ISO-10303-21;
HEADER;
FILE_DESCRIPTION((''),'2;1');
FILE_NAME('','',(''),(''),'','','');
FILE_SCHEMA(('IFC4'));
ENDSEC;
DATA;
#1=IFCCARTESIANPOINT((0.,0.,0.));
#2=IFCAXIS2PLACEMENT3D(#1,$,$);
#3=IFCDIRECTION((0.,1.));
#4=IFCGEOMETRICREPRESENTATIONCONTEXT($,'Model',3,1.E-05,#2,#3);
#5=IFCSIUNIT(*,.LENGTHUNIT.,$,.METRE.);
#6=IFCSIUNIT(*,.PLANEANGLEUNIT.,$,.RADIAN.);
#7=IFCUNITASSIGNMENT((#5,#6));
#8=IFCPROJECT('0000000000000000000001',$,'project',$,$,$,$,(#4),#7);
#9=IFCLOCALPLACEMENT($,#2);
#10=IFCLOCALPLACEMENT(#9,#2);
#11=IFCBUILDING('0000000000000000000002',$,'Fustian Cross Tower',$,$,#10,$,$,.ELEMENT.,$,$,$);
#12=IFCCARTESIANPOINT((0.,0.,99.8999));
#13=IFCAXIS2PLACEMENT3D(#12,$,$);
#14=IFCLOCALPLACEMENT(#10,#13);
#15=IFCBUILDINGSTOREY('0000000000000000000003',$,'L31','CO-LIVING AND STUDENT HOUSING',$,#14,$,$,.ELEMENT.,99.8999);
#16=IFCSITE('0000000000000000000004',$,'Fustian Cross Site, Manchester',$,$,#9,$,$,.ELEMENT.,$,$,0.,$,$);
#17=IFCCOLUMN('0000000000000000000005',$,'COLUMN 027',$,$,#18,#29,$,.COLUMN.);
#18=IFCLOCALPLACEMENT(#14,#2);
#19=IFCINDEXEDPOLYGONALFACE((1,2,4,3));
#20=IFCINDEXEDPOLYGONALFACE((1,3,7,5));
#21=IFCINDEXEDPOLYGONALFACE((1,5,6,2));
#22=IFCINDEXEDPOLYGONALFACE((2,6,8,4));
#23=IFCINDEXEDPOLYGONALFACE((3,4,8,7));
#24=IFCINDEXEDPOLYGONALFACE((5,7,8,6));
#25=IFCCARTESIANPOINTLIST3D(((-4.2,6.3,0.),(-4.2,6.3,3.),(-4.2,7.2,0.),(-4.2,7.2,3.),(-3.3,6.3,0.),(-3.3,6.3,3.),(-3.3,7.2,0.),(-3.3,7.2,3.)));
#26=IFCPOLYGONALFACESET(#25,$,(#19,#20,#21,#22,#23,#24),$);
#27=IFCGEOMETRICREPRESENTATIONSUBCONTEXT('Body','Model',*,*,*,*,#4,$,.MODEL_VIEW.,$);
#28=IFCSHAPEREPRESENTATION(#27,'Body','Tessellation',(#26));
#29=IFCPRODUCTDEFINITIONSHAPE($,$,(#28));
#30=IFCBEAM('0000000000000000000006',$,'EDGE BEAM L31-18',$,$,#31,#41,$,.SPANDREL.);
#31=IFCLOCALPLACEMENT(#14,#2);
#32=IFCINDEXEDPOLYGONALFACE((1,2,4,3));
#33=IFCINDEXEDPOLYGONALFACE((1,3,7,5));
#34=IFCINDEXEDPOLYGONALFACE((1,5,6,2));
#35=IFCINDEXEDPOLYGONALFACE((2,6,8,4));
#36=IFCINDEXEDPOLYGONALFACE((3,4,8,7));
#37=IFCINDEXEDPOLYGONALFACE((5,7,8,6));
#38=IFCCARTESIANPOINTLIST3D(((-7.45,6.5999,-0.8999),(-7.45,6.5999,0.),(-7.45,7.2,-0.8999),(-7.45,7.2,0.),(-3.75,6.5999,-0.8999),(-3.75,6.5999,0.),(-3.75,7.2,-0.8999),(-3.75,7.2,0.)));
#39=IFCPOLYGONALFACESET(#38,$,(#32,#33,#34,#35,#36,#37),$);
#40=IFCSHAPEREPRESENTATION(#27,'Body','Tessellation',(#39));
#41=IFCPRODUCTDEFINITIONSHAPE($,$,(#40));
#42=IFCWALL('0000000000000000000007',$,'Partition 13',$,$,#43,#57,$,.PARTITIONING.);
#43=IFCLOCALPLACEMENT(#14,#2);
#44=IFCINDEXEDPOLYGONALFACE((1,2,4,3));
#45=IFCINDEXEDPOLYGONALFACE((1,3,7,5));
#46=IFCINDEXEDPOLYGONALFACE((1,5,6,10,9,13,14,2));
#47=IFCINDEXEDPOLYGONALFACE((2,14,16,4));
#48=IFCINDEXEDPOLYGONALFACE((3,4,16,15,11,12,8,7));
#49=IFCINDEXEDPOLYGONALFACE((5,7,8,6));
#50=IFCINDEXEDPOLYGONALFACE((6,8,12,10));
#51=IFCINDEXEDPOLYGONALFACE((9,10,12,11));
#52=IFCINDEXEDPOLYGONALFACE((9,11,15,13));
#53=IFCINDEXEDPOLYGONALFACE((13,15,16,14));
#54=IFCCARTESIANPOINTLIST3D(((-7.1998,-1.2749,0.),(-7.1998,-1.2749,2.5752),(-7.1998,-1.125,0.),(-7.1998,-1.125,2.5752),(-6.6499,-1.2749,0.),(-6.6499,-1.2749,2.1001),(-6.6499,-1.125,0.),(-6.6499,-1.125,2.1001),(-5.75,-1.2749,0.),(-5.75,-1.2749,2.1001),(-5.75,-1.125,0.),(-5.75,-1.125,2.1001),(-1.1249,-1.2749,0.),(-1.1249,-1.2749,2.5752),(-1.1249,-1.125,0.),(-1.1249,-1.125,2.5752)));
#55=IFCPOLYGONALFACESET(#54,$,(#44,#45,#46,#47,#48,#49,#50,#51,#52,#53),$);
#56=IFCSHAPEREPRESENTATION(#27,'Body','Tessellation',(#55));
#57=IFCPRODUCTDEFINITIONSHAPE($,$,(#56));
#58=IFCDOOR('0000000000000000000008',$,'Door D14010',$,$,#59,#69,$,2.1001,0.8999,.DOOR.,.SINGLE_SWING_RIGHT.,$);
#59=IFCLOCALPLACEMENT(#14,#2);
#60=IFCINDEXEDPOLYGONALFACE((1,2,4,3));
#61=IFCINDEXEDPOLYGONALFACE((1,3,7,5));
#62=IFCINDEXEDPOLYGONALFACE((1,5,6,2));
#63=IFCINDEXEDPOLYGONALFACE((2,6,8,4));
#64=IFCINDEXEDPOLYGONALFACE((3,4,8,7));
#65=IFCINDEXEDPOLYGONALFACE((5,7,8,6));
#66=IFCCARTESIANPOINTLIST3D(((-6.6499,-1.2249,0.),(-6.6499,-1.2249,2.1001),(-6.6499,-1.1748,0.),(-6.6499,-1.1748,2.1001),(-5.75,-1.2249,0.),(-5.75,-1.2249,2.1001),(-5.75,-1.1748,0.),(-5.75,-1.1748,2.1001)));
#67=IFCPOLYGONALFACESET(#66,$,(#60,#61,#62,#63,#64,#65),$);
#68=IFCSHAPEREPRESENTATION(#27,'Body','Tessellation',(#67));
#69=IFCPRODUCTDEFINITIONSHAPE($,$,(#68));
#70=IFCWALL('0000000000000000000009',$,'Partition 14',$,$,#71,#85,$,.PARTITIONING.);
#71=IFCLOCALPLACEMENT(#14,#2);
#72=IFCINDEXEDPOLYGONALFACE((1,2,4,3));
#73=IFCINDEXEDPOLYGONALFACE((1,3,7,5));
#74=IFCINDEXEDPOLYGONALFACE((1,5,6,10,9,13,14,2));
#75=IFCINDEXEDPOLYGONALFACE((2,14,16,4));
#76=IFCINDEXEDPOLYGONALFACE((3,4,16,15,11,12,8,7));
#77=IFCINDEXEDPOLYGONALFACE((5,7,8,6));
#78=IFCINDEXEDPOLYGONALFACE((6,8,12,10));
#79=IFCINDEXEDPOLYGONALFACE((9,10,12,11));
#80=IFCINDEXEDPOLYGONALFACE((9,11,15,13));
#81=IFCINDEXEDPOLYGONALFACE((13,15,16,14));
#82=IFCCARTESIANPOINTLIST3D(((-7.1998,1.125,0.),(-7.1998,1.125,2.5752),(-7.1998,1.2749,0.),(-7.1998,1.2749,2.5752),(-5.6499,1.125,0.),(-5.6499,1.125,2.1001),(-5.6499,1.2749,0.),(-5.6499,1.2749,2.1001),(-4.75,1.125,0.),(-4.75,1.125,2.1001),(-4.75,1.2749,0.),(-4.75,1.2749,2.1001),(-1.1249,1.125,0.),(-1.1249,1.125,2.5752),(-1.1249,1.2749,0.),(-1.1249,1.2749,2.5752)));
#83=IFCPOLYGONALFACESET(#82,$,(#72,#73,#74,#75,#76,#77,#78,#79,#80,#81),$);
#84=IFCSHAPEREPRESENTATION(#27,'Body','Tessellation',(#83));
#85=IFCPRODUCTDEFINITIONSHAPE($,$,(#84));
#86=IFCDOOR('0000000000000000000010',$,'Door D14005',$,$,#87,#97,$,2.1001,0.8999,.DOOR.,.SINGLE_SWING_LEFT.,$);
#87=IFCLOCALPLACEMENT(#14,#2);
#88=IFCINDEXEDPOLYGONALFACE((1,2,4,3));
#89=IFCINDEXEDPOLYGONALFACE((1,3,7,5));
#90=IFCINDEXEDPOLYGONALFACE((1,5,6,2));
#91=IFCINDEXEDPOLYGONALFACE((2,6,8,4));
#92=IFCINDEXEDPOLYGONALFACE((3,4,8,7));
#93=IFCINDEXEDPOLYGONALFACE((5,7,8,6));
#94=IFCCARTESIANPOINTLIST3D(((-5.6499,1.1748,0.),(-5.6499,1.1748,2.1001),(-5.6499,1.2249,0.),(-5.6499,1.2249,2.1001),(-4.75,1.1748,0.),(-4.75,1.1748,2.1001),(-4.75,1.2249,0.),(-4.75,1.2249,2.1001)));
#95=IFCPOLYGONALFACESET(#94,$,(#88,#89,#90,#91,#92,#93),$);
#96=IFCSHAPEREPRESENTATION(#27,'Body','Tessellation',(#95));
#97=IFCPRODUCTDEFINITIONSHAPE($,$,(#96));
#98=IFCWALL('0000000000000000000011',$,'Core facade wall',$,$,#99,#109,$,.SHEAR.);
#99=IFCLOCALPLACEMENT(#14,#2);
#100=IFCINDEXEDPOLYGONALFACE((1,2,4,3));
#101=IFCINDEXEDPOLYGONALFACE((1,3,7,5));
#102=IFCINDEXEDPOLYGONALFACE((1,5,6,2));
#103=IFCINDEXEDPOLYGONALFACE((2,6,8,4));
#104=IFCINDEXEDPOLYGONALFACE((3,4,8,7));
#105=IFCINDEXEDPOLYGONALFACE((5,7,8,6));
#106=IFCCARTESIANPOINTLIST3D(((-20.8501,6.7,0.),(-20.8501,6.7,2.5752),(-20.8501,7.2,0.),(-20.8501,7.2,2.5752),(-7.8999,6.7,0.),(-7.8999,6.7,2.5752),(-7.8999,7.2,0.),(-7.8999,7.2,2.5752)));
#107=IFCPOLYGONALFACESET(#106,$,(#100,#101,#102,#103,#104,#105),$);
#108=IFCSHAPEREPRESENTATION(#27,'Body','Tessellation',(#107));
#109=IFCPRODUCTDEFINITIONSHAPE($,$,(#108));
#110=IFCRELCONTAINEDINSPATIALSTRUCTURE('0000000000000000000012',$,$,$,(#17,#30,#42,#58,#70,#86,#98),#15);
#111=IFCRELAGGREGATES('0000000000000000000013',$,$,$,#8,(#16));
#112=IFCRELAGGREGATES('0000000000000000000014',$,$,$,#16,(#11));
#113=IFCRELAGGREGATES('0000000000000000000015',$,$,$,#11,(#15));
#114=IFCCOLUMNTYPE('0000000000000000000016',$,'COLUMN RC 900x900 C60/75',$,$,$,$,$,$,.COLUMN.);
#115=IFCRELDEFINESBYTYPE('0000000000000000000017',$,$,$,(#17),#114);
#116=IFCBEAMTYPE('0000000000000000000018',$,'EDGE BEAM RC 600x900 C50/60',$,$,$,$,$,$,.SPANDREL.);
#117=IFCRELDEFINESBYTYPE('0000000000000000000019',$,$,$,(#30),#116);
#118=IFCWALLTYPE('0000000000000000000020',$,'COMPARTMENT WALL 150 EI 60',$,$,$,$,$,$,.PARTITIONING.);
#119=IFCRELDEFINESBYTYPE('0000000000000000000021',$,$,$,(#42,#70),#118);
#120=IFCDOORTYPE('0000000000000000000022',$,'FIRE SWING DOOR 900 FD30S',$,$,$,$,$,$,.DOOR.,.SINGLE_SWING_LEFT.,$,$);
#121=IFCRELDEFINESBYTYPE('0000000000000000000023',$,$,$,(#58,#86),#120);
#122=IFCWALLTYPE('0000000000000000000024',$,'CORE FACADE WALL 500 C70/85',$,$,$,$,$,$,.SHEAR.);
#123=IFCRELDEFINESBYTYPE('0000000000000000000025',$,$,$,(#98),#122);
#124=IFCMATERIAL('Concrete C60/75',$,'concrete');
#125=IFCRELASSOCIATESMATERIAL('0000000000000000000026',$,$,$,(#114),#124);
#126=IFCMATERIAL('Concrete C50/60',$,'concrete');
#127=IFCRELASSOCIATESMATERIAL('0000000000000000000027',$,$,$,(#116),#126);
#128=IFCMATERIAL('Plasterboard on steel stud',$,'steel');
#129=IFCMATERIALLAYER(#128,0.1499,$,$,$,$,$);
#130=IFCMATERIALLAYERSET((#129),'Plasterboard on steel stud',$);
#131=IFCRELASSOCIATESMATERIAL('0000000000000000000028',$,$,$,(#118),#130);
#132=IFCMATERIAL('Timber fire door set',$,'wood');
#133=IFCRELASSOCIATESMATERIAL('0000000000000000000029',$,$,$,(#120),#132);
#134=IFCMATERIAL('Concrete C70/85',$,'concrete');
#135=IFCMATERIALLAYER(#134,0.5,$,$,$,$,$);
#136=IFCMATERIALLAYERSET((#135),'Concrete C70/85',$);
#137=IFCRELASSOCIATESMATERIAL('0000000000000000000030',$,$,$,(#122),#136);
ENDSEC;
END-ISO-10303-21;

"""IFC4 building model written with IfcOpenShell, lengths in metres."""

from ifc_helpers import new_model, si_unit, direction, frame, frame_2d, origin, origin_2d, place, context, subcontext, project, spatial, rectangle, extrude, material, layer, layer_set, material_profile, profile_set, type_object, element, fill, save


model = new_model("IFC4")

# Units and contexts
model_context = context("Model", 3, precision=1e-05, world=origin(), true_north=direction((0.0, 1.0)))
body_context = subcontext(model_context, "Body", "Model", "MODEL_VIEW")
ifc_project = project(units=[si_unit("LENGTHUNIT", "METRE"), si_unit("PLANEANGLEUNIT", "RADIAN")], contexts=[model_context])

# Site, building, storey
site_placement = place(None, origin())
site = spatial("IfcSite", under=ifc_project, at=site_placement, Name="Fustian Cross Site, Manchester", CompositionType="ELEMENT", RefElevation=0.0)
building_placement = place(site_placement, origin())
building = spatial("IfcBuilding", under=site, at=building_placement, Name="Fustian Cross Tower", CompositionType="ELEMENT")
storey_placement = place(building_placement, frame((0.0, 0.0, 99.8999)))
storey = spatial("IfcBuildingStorey", under=building, at=storey_placement, Name="L31", Description="CO-LIVING AND STUDENT HOUSING", CompositionType="ELEMENT", Elevation=99.8999)

# Column
ifc_material_1 = material(Name="Concrete C60/75", Category="concrete")
ifc_material_profile_1 = material_profile(ifc_material_1, rectangle(XDim=0.8999, YDim=0.8999, at=origin_2d()), Name="RC 900x900")
ifc_profile_set_1 = profile_set([ifc_material_profile_1], Name="Concrete C60/75")
column_type = type_object("IfcColumnType", Name="COLUMN RC 900x900 C60/75", PredefinedType="COLUMN", material=ifc_profile_set_1)
column_placement = place(storey_placement, frame((-3.75, 6.75, 0.0), z_axis=(0.0, 0.0, 1.0), x_axis=(1.0, 0.0, 0.0)))
element("IfcColumn", 1, at=column_placement, inside=storey, type_object=column_type, Name="COLUMN 027", PredefinedType="COLUMN", context=body_context, shape_type="SweptSolid", body=[
    extrude(rectangle(XDim=0.8999, YDim=0.8999, at=origin_2d()), origin(), (0.0, 0.0, 1.0), 3.0),
])

# Beam
ifc_material_2 = material(Name="Concrete C50/60", Category="concrete")
ifc_material_profile_2 = material_profile(ifc_material_2, rectangle(XDim=0.6001, YDim=0.8999, at=origin_2d()), Name="RC 600x900")
ifc_profile_set_2 = profile_set([ifc_material_profile_2], Name="Concrete C50/60")
beam_type = type_object("IfcBeamType", Name="EDGE BEAM RC 600x900 C50/60", PredefinedType="SPANDREL", material=ifc_profile_set_2)
beam_placement = place(storey_placement, frame((-3.75, 6.8999, -0.45), z_axis=(-1.0, 0.0, 0.0), x_axis=(0.0, -1.0, 0.0)))
element("IfcBeam", 2, at=beam_placement, inside=storey, type_object=beam_type, Name="EDGE BEAM L31-18", PredefinedType="SPANDREL", context=body_context, shape_type="SweptSolid", body=[
    extrude(rectangle(XDim=0.6001, YDim=0.8999, at=origin_2d()), origin(), (0.0, 0.0, 1.0), 3.7),
])

# Walls, openings, doors
ifc_material_3 = material(Name="Plasterboard on steel stud", Category="steel")
ifc_layer_1 = layer(ifc_material_3, 0.1499)
ifc_layer_set_1 = layer_set([ifc_layer_1], Name="Plasterboard on steel stud")
wall_type_1 = type_object("IfcWallType", Name="COMPARTMENT WALL 150 EI 60", PredefinedType="PARTITIONING", material=ifc_layer_set_1)
wall_1_placement = place(storey_placement, frame((-7.2, -1.2, 0.0), z_axis=(0.0, 0.0, 1.0), x_axis=(1.0, 0.0, 0.0)))
wall_1 = element("IfcWall", 3, at=wall_1_placement, inside=storey, type_object=wall_type_1, Name="Partition 13", PredefinedType="PARTITIONING", context=body_context, shape_type="SweptSolid", body=[
    extrude(rectangle(XDim=6.075, YDim=0.1499, at=frame_2d((3.0376, 0.0))), origin(), (0.0, 0.0, 1.0), 2.5752),
])
opening_1_placement = place(wall_1_placement, frame((0.55, 0.0, 0.0)))
opening_1 = element("IfcOpeningElement", 4, at=opening_1_placement, cuts=wall_1, PredefinedType="OPENING", context=body_context, shape_type="SweptSolid", body=[
    extrude(rectangle(XDim=0.8999, YDim=2.1001, at=frame_2d((0.45, 1.05))), frame((0.0, 0.085, 0.0), z_axis=(0.0, -1.0, 0.0), x_axis=(1.0, 0.0, 0.0)), (0.0, 0.0, 1.0), 0.1699),
])
ifc_material_4 = material(Name="Timber fire door set", Category="wood")
door_type_1 = type_object("IfcDoorType", Name="FIRE SWING DOOR 900 FD30S", OperationType="SINGLE_SWING_LEFT", PredefinedType="DOOR", material=ifc_material_4)
door_1_placement = place(opening_1_placement, frame((0.8999, 0.0, 0.0), z_axis=(0.0, 0.0, 1.0), x_axis=(-1.0, 0.0, 0.0)))
door_1 = element("IfcDoor", 5, at=door_1_placement, inside=storey, type_object=door_type_1, Name="Door D14010", OperationType="SINGLE_SWING_RIGHT", OverallHeight=2.1001, OverallWidth=0.8999, PredefinedType="DOOR", context=body_context, shape_type="SweptSolid", body=[
    extrude(rectangle(XDim=0.8999, YDim=2.1001, at=frame_2d((0.45, 1.05))), frame((0.0, 0.0249, 0.0), z_axis=(0.0, -1.0, 0.0), x_axis=(1.0, 0.0, 0.0)), (0.0, 0.0, 1.0), 0.05),
])
fill(opening_1, door_1)
wall_2_placement = place(storey_placement, frame((-7.2, 1.2, 0.0), z_axis=(0.0, 0.0, 1.0), x_axis=(1.0, 0.0, 0.0)))
wall_2 = element("IfcWall", 6, at=wall_2_placement, inside=storey, type_object=wall_type_1, Name="Partition 14", PredefinedType="PARTITIONING", context=body_context, shape_type="SweptSolid", body=[
    extrude(rectangle(XDim=6.075, YDim=0.1499, at=frame_2d((3.0376, 0.0))), origin(), (0.0, 0.0, 1.0), 2.5752),
])
opening_2_placement = place(wall_2_placement, frame((1.55, 0.0, 0.0)))
opening_2 = element("IfcOpeningElement", 7, at=opening_2_placement, cuts=wall_2, PredefinedType="OPENING", context=body_context, shape_type="SweptSolid", body=[
    extrude(rectangle(XDim=0.8999, YDim=2.1001, at=frame_2d((0.45, 1.05))), frame((0.0, 0.085, 0.0), z_axis=(0.0, -1.0, 0.0), x_axis=(1.0, 0.0, 0.0)), (0.0, 0.0, 1.0), 0.1699),
])
door_2_placement = place(opening_2_placement, origin())
door_2 = element("IfcDoor", 8, at=door_2_placement, inside=storey, type_object=door_type_1, Name="Door D14005", OperationType="SINGLE_SWING_LEFT", OverallHeight=2.1001, OverallWidth=0.8999, PredefinedType="DOOR", context=body_context, shape_type="SweptSolid", body=[
    extrude(rectangle(XDim=0.8999, YDim=2.1001, at=frame_2d((0.45, 1.05))), frame((0.0, 0.0249, 0.0), z_axis=(0.0, -1.0, 0.0), x_axis=(1.0, 0.0, 0.0)), (0.0, 0.0, 1.0), 0.05),
])
fill(opening_2, door_2)

# Wall
ifc_material_5 = material(Name="Concrete C70/85", Category="concrete")
ifc_layer_2 = layer(ifc_material_5, 0.5)
ifc_layer_set_2 = layer_set([ifc_layer_2], Name="Concrete C70/85")
wall_type_2 = type_object("IfcWallType", Name="CORE FACADE WALL 500 C70/85", PredefinedType="SHEAR", material=ifc_layer_set_2)
wall_3_placement = place(storey_placement, frame((-7.8999, 6.95, 0.0), z_axis=(0.0, 0.0, 1.0), x_axis=(-1.0, 0.0, 0.0)))
element("IfcWall", 9, at=wall_3_placement, inside=storey, type_object=wall_type_2, Name="Core facade wall", PredefinedType="SHEAR", context=body_context, shape_type="SweptSolid", body=[
    extrude(rectangle(XDim=12.9502, YDim=0.5, at=frame_2d((6.4751, 0.0))), origin(), (0.0, 0.0, 1.0), 2.5752),
])

save(model, "model.ifc")
